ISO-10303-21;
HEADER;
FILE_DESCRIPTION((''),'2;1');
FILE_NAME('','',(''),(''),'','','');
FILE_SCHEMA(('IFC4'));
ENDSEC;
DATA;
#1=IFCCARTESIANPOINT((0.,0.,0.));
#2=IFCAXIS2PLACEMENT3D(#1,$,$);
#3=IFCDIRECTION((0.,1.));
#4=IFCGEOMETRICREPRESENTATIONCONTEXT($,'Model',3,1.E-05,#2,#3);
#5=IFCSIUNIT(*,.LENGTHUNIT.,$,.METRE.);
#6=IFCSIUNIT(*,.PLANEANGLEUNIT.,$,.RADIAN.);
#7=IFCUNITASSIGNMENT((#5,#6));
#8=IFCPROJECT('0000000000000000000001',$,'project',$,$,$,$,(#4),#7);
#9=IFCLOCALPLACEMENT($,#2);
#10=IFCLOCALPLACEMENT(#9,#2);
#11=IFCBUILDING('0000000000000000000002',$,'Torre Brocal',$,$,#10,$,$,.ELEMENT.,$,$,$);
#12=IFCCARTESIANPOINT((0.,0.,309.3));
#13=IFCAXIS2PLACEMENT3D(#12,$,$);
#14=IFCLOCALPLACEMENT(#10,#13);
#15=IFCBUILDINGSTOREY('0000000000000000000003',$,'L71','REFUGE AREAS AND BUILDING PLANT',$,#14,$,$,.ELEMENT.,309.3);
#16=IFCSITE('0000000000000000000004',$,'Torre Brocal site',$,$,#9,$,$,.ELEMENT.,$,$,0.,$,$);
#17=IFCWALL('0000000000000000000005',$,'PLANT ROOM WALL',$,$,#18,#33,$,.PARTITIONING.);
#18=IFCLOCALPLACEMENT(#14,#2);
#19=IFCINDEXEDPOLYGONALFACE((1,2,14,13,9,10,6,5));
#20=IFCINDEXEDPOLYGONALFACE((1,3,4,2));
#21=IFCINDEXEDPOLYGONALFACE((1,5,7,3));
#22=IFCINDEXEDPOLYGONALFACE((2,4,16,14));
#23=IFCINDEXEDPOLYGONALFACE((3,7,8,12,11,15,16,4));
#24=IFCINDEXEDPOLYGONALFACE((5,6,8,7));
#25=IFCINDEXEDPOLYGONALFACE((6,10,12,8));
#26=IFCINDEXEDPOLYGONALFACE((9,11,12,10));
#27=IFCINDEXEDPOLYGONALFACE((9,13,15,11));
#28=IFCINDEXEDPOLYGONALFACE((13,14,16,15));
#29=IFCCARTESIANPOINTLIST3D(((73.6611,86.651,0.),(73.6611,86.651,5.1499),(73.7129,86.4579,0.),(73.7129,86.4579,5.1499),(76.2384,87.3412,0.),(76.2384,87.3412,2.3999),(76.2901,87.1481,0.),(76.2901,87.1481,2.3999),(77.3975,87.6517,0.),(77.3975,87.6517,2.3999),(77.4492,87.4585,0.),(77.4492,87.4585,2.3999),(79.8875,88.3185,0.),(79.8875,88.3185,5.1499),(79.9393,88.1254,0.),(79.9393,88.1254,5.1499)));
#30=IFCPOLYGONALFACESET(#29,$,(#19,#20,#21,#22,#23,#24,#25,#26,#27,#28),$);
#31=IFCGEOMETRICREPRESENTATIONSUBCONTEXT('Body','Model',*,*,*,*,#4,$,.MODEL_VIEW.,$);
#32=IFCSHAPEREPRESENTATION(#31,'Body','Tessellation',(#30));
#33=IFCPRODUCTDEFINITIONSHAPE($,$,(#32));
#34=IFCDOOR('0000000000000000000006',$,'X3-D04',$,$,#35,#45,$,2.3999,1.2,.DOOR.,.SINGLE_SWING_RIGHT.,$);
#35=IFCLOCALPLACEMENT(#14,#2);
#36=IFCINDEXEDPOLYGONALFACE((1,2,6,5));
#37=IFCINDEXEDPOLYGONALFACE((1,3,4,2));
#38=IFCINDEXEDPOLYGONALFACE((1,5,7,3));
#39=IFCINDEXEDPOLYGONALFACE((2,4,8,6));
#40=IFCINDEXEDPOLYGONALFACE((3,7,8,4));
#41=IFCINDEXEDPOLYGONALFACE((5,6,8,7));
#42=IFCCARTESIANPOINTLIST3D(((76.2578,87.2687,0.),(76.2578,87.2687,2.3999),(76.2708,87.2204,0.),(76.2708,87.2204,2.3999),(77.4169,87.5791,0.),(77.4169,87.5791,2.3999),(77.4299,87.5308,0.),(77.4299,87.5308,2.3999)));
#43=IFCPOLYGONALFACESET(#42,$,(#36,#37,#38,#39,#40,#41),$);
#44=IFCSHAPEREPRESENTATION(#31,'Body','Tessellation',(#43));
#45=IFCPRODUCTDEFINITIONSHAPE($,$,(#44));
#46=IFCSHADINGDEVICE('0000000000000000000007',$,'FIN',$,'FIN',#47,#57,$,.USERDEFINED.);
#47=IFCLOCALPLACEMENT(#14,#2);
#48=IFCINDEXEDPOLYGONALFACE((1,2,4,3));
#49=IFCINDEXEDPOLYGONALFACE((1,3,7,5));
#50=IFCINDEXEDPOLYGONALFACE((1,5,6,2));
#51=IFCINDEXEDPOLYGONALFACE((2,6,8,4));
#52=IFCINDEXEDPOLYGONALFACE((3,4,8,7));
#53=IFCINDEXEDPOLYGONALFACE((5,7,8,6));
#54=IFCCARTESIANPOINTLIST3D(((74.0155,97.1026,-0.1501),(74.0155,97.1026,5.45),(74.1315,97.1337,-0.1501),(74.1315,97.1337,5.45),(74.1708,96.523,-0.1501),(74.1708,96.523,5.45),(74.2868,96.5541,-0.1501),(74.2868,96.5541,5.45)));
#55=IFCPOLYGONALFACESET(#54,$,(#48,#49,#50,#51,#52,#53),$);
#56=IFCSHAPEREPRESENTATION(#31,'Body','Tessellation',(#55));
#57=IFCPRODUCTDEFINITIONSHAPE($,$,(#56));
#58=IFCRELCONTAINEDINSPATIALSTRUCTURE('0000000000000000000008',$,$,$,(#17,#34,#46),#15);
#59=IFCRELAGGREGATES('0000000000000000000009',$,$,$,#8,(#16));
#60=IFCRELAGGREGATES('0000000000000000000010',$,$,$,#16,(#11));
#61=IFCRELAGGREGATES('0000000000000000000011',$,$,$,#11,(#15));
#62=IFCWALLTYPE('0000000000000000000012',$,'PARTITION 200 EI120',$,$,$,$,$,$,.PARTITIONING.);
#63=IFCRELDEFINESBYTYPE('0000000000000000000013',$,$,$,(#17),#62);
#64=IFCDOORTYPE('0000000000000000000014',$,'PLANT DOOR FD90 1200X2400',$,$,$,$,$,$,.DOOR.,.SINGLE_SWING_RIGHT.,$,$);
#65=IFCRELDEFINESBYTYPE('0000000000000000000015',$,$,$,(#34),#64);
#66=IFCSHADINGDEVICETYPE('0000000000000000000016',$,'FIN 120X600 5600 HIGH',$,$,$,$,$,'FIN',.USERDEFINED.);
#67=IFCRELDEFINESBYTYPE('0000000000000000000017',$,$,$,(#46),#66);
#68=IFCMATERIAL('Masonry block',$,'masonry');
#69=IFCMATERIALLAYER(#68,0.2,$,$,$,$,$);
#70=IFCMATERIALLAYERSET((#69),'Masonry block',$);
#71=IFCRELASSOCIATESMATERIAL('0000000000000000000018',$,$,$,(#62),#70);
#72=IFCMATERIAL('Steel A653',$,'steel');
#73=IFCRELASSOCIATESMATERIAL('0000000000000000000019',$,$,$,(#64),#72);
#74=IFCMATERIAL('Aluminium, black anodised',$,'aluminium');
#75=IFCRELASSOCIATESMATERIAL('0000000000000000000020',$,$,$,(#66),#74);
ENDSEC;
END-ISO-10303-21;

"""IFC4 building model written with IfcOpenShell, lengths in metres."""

from ifc_helpers import new_model, si_unit, direction, frame, frame_2d, origin, origin_2d, place, context, subcontext, project, spatial, rectangle, extrude, material, layer, layer_set, material_profile, profile_set, type_object, element, fill, save


model = new_model("IFC4")

# Units and contexts
model_context = context("Model", 3, precision=1e-05, world=origin(), true_north=direction((0.0, 1.0)))
body_context = subcontext(model_context, "Body", "Model", "MODEL_VIEW")
ifc_project = project(units=[si_unit("LENGTHUNIT", "METRE"), si_unit("PLANEANGLEUNIT", "RADIAN")], contexts=[model_context])

# Site, building, storey
site_placement = place(None, origin())
site = spatial("IfcSite", under=ifc_project, at=site_placement, Name="Torre Brocal site", CompositionType="ELEMENT", RefElevation=0.0)
building_placement = place(site_placement, origin())
building = spatial("IfcBuilding", under=site, at=building_placement, Name="Torre Brocal", CompositionType="ELEMENT")
storey_placement = place(building_placement, frame((0.0, 0.0, 309.3)))
storey = spatial("IfcBuildingStorey", under=building, at=storey_placement, Name="L71", Description="REFUGE AREAS AND BUILDING PLANT", CompositionType="ELEMENT", Elevation=309.3)

# Wall, opening, door
ifc_material_1 = material(Name="Masonry block", Category="masonry")
ifc_layer_1 = layer(ifc_material_1, 0.2)
ifc_layer_set_1 = layer_set([ifc_layer_1], Name="Masonry block")
wall_type_1 = type_object("IfcWallType", Name="PARTITION 200 EI120", PredefinedType="PARTITIONING", material=ifc_layer_set_1)
wall_1_placement = place(storey_placement, frame((73.687, 86.5544, 0.0), z_axis=(0.0, 0.0, 1.0), x_axis=(0.965959, 0.258695, 0.0)))
wall_1 = element("IfcWall", 1, at=wall_1_placement, inside=storey, type_object=wall_type_1, Name="PLANT ROOM WALL", PredefinedType="PARTITIONING", context=body_context, shape_type="SweptSolid", body=[
    extrude(rectangle(XDim=6.4458, YDim=0.2, at=frame_2d((3.2229, 0.0))), origin(), (0.0, 0.0, 1.0), 5.1499),
])
opening_placement = place(wall_1_placement, frame((2.668, 0.0, 0.0)))
opening = element("IfcOpeningElement", 2, at=opening_placement, cuts=wall_1, PredefinedType="OPENING", context=body_context, shape_type="SweptSolid", body=[
    extrude(rectangle(XDim=1.2, YDim=2.3999, at=frame_2d((0.6001, 1.2))), frame((0.0, 0.1099, 0.0), z_axis=(0.0, -1.0, 0.0), x_axis=(1.0, 0.0, 0.0)), (0.0, 0.0, 1.0), 0.22),
])
ifc_material_2 = material(Name="Steel A653", Category="steel")
door_type = type_object("IfcDoorType", Name="PLANT DOOR FD90 1200X2400", OperationType="SINGLE_SWING_RIGHT", PredefinedType="DOOR", material=ifc_material_2)
door_placement = place(opening_placement, origin())
door = element("IfcDoor", 3, at=door_placement, inside=storey, type_object=door_type, Name="X3-D04", OperationType="SINGLE_SWING_RIGHT", OverallHeight=2.3999, OverallWidth=1.2, PredefinedType="DOOR", context=body_context, shape_type="SweptSolid", body=[
    extrude(rectangle(XDim=1.2, YDim=2.3999, at=frame_2d((0.6001, 1.2))), frame((0.0, 0.0249, 0.0), z_axis=(0.0, -1.0, 0.0), x_axis=(1.0, 0.0, 0.0)), (0.0, 0.0, 1.0), 0.05),
])
fill(opening, door)

# Shading device
ifc_material_3 = material(Name="Aluminium, black anodised", Category="aluminium")
ifc_material_profile_1 = material_profile(ifc_material_3, rectangle(XDim=0.1201, YDim=0.6001, at=origin_2d()), Name="FIN 120X600 5600 HIGH")
ifc_profile_set_1 = profile_set([ifc_material_profile_1], Name="Aluminium, black anodised")
shading_device_type = type_object("IfcShadingDeviceType", Name="FIN 120X600 5600 HIGH", ElementType="FIN", PredefinedType="USERDEFINED", material=ifc_profile_set_1)
shading_device_placement = place(storey_placement, frame((74.1511, 96.8284, -0.1501), z_axis=(0.0, 0.0, 1.0), x_axis=(-0.965926, -0.258819, 0.0)))
element("IfcShadingDevice", 4, at=shading_device_placement, inside=storey, type_object=shading_device_type, Name="FIN", ObjectType="FIN", PredefinedType="USERDEFINED", context=body_context, shape_type="SweptSolid", body=[
    extrude(rectangle(XDim=0.1201, YDim=0.6001, at=origin_2d()), origin(), (0.0, 0.0, 1.0), 5.6001),
])

save(model, "model.ifc")
